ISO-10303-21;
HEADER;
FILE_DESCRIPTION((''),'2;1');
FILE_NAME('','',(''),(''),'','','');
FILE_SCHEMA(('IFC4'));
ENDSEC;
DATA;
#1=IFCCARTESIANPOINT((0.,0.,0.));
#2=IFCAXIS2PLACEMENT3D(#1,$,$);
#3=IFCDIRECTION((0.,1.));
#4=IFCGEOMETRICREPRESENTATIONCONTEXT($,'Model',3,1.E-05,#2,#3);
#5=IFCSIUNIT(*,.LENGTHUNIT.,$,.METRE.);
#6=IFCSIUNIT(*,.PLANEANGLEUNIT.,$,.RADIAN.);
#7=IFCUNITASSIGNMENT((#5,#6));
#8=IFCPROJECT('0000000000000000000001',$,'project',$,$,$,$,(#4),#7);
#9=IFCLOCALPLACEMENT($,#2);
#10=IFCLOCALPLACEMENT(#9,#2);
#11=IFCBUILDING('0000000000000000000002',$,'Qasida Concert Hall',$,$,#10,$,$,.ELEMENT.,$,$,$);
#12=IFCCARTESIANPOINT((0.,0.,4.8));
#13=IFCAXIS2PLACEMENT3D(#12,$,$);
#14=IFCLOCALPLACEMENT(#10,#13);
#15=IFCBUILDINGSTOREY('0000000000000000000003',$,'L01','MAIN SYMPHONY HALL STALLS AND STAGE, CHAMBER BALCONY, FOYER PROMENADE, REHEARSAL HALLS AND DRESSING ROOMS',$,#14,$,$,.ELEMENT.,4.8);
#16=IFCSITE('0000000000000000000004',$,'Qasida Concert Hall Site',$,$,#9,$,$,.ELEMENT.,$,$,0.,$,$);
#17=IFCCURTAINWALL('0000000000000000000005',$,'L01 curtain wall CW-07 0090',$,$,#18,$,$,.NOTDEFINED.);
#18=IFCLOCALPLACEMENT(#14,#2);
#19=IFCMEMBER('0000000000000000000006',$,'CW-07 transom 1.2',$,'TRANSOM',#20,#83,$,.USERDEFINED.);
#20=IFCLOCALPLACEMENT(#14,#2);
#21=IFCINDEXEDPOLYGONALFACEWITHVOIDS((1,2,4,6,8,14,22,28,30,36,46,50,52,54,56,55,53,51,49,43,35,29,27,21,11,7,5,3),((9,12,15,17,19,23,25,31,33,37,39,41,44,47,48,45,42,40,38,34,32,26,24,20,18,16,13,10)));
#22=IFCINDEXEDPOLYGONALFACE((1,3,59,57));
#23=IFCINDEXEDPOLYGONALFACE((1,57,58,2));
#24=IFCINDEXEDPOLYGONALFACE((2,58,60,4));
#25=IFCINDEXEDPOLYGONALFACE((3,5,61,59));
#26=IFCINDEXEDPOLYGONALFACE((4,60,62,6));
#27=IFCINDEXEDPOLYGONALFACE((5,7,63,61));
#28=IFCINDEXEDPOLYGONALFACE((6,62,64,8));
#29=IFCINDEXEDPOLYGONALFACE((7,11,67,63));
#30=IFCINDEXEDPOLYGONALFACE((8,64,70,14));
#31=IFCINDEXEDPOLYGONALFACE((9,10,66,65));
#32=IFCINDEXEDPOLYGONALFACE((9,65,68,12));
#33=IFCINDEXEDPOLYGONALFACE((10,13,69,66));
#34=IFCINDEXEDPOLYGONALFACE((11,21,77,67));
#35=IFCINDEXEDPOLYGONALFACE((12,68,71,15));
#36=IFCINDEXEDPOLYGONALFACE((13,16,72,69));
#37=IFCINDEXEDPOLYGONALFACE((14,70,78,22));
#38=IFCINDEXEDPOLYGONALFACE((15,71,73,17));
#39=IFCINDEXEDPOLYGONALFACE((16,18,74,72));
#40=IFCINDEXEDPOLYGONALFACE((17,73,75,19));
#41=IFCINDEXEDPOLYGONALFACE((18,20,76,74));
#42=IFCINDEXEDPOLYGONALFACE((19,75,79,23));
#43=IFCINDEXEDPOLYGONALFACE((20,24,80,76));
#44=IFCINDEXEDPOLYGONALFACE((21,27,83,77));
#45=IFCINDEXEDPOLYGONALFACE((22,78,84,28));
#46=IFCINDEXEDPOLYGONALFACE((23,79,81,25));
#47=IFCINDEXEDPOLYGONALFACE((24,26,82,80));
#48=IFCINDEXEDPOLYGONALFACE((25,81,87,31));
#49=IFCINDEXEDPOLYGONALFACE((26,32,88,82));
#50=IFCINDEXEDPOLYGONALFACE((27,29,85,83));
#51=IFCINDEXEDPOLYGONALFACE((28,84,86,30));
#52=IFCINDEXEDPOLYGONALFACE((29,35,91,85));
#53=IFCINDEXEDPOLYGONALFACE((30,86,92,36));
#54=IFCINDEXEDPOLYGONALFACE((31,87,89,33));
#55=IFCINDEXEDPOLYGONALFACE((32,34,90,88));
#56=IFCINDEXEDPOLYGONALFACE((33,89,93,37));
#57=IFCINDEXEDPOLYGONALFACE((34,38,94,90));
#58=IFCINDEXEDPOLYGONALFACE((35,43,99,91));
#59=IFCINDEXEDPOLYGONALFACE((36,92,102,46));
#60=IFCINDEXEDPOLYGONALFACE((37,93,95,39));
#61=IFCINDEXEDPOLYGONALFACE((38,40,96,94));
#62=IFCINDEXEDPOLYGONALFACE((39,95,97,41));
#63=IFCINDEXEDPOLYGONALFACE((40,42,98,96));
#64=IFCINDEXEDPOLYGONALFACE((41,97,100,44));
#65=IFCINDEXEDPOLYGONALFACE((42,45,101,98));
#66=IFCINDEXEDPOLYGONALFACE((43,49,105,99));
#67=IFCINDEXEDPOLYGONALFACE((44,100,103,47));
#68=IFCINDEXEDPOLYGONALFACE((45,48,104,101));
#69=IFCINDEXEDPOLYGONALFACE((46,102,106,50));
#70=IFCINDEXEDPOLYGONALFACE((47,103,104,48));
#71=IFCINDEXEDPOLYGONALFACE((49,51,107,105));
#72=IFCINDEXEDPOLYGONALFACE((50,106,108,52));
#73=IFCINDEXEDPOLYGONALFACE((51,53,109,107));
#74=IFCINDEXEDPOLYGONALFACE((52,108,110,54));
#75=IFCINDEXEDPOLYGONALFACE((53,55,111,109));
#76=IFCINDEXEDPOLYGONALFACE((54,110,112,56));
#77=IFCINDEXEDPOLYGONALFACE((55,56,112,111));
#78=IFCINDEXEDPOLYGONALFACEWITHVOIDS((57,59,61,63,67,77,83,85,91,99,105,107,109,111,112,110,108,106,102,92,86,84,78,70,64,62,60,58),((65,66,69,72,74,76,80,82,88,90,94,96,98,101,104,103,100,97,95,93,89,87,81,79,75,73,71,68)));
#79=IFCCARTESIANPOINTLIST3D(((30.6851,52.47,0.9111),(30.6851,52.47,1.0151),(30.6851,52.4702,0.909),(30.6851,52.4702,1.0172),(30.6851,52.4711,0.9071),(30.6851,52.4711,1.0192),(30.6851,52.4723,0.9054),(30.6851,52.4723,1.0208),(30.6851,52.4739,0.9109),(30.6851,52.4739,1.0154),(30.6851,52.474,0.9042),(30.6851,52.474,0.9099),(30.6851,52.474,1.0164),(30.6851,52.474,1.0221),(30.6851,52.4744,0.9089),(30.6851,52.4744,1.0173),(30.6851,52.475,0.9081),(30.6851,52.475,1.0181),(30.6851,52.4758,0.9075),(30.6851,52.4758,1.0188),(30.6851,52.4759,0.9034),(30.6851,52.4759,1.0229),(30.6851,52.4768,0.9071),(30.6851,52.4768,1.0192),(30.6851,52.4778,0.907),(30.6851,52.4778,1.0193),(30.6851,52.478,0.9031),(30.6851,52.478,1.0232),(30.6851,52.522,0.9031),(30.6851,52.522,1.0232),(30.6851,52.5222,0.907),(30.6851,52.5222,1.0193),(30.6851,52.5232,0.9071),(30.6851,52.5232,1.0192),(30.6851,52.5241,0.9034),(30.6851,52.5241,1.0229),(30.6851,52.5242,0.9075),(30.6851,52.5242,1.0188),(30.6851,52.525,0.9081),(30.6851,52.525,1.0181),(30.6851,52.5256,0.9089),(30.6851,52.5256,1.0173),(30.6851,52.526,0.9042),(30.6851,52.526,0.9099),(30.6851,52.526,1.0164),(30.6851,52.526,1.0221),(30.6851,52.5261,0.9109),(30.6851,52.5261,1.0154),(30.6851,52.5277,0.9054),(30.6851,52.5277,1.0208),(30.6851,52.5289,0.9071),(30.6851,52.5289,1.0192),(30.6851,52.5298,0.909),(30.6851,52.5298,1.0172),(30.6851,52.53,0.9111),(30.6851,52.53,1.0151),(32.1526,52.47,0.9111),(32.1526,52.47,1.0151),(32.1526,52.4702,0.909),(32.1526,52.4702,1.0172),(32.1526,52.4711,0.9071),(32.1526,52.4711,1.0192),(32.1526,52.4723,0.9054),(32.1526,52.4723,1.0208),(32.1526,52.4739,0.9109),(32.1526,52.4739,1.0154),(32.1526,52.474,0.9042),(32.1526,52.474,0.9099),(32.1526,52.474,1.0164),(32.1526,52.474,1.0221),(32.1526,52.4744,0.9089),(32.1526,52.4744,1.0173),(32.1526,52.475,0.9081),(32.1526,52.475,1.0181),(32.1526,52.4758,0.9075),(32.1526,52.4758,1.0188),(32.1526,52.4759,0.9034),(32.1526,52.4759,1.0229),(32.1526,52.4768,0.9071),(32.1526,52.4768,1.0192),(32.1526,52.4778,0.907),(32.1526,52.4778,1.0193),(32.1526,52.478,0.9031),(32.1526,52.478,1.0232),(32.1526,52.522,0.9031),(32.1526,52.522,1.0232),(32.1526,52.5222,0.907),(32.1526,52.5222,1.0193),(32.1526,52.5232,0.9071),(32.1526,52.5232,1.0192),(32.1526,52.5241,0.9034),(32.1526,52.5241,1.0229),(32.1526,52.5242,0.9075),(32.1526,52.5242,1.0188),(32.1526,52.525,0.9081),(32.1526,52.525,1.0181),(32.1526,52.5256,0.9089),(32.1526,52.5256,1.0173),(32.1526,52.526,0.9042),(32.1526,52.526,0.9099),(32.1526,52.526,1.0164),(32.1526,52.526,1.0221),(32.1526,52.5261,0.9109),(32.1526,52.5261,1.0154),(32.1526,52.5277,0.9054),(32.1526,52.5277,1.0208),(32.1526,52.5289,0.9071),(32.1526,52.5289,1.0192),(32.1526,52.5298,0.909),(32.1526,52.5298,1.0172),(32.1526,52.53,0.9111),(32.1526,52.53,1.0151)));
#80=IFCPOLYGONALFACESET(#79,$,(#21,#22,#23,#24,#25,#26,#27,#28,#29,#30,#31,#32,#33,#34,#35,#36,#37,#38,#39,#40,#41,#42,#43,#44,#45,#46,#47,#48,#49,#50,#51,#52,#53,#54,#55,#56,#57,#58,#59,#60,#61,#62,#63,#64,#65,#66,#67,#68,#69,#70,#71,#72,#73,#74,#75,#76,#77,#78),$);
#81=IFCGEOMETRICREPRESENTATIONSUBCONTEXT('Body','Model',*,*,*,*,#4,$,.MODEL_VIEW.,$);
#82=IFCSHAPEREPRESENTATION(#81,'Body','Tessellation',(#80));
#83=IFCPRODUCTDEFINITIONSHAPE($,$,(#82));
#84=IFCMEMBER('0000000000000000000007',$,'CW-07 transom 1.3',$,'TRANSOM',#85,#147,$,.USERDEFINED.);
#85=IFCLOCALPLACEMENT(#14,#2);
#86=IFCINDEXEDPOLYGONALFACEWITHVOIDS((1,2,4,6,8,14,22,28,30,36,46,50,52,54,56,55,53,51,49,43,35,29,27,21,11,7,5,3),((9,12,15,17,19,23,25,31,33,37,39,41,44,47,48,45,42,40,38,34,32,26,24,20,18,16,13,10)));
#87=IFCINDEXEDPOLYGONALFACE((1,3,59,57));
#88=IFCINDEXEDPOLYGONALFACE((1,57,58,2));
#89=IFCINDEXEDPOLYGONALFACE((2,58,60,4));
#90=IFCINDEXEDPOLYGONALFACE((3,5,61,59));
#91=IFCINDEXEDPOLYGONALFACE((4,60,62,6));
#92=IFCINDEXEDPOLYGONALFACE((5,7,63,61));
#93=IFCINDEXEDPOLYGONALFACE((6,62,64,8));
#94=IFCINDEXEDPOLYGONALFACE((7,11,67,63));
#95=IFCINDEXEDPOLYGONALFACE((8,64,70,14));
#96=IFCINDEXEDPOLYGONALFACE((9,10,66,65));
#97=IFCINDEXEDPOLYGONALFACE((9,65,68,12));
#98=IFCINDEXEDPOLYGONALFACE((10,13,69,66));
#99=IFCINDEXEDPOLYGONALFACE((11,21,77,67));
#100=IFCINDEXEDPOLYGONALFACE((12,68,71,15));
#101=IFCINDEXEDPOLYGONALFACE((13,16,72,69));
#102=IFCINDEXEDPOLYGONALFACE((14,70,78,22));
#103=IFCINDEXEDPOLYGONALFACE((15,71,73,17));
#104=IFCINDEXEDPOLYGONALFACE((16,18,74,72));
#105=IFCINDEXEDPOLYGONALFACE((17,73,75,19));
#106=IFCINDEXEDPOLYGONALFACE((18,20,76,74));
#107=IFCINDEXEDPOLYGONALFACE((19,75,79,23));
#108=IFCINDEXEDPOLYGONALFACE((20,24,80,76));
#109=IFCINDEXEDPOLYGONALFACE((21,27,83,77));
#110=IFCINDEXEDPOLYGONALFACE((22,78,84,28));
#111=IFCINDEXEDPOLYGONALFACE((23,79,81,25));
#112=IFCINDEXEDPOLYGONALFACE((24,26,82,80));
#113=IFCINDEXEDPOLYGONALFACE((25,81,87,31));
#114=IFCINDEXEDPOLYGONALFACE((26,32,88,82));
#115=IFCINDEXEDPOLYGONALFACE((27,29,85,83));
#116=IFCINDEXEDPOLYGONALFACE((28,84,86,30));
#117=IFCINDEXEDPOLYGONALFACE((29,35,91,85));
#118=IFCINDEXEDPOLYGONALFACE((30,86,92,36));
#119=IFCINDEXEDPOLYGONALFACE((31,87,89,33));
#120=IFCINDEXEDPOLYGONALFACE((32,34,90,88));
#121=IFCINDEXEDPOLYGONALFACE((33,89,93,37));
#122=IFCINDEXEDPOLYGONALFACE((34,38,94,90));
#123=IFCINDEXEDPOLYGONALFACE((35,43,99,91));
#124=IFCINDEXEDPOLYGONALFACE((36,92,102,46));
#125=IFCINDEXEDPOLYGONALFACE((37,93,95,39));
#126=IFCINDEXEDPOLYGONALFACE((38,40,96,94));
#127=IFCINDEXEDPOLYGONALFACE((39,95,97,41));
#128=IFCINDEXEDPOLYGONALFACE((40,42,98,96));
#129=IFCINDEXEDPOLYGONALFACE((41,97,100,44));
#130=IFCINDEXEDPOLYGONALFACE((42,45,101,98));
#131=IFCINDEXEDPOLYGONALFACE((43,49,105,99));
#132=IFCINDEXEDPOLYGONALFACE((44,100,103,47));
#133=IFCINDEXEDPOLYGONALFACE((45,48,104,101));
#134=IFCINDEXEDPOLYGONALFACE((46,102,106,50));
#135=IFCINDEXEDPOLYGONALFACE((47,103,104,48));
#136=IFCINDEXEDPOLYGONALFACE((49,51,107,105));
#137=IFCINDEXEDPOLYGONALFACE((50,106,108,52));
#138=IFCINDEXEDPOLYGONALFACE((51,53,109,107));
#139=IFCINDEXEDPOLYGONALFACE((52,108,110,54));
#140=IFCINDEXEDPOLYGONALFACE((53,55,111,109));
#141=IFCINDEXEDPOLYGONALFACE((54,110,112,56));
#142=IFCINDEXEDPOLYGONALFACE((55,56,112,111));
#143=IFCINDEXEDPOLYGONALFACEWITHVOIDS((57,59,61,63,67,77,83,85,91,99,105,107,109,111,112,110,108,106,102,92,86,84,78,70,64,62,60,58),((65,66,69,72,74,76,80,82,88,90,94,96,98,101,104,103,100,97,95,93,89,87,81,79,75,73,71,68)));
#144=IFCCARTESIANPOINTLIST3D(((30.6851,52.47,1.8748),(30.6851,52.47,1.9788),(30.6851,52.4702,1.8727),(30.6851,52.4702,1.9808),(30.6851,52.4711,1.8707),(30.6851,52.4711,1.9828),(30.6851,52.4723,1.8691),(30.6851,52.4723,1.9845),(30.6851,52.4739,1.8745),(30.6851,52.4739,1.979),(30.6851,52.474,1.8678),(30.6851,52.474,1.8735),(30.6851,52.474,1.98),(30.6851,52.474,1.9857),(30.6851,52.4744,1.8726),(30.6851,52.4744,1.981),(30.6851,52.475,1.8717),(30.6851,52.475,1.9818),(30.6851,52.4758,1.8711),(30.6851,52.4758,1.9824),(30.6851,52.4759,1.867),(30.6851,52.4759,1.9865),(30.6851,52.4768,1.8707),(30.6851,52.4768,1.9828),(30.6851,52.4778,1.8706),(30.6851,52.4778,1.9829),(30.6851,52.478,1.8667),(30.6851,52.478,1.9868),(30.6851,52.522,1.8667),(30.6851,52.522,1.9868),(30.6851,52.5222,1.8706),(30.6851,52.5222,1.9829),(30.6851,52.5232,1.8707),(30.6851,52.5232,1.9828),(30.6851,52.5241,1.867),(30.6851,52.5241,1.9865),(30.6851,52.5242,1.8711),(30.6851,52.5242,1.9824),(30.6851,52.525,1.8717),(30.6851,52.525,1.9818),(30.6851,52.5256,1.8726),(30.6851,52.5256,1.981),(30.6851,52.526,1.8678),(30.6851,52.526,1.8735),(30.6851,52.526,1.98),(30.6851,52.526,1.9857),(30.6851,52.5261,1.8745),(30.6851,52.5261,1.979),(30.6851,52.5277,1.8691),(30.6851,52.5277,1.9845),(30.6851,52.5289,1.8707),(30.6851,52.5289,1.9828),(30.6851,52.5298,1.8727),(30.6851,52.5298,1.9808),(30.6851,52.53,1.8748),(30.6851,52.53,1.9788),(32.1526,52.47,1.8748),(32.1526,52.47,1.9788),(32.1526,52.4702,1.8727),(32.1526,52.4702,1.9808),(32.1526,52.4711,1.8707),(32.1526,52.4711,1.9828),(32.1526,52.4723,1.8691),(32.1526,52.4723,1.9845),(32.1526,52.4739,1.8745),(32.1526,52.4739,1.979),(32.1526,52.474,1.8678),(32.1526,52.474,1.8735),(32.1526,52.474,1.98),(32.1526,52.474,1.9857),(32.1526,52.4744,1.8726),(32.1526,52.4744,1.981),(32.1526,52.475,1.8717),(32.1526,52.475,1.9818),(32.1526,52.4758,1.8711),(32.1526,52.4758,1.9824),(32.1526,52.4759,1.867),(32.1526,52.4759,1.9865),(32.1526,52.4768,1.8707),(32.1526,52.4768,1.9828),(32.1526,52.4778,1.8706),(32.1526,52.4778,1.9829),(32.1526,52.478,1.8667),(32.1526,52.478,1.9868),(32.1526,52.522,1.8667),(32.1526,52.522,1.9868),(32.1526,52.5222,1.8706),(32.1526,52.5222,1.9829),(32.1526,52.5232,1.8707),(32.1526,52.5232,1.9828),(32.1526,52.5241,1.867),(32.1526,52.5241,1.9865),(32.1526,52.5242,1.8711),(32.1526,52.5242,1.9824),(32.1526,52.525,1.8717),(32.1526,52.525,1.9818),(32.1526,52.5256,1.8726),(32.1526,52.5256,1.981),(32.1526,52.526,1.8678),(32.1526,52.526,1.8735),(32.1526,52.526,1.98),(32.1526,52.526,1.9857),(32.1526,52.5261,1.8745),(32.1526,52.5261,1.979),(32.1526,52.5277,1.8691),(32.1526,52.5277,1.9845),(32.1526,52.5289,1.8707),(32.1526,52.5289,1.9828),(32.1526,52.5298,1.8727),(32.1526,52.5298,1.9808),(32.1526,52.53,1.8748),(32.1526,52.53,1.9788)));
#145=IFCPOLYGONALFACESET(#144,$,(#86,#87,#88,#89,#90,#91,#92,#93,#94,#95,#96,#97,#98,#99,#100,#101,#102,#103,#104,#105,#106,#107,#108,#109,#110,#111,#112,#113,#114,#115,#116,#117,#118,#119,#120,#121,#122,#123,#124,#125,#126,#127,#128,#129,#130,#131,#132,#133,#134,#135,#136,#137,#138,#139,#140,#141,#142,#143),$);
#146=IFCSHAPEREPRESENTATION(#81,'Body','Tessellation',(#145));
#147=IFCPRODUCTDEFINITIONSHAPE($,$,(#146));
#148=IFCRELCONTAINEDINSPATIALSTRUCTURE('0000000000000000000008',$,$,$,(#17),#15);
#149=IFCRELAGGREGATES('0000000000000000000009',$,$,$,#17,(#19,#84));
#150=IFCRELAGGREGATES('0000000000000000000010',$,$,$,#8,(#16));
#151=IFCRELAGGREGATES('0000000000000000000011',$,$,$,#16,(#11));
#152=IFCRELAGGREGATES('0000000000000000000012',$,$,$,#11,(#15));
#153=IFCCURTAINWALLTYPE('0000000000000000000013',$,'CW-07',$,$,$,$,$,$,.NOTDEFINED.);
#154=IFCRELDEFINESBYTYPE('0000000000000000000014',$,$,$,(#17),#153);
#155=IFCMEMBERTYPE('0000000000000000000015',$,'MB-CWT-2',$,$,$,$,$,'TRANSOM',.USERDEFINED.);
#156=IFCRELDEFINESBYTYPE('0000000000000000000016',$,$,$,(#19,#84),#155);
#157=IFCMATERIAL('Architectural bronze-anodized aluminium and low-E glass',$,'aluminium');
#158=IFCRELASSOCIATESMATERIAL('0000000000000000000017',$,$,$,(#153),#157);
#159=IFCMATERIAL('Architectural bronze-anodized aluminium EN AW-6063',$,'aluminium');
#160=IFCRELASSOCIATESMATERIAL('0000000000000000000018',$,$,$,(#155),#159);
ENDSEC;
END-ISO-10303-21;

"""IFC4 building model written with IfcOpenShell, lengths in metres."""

from ifc_helpers import new_model, si_unit, direction, frame, origin, origin_2d, place, context, subcontext, project, spatial, hollow_rectangle, extrude, material, material_profile, profile_set, type_object, element, aggregate, save


model = new_model("IFC4")

# Units and contexts
model_context = context("Model", 3, precision=1e-05, world=origin(), true_north=direction((0.0, 1.0)))
body_context = subcontext(model_context, "Body", "Model", "MODEL_VIEW")
ifc_project = project(units=[si_unit("LENGTHUNIT", "METRE"), si_unit("PLANEANGLEUNIT", "RADIAN")], contexts=[model_context])

# Site, building, storey
site_placement = place(None, origin())
site = spatial("IfcSite", under=ifc_project, at=site_placement, Name="Qasida Concert Hall Site", CompositionType="ELEMENT", RefElevation=0.0)
building_placement = place(site_placement, origin())
building = spatial("IfcBuilding", under=site, at=building_placement, Name="Qasida Concert Hall", CompositionType="ELEMENT")
storey_placement = place(building_placement, frame((0.0, 0.0, 4.8)))
storey = spatial("IfcBuildingStorey", under=building, at=storey_placement, Name="L01", Description="MAIN SYMPHONY HALL STALLS AND STAGE, CHAMBER BALCONY, FOYER PROMENADE, REHEARSAL HALLS AND DRESSING ROOMS", CompositionType="ELEMENT", Elevation=4.8)

# Curtain wall
ifc_material_1 = material(Name="Architectural bronze-anodized aluminium and low-E glass", Category="aluminium")
curtain_wall_type = type_object("IfcCurtainWallType", Name="CW-07", PredefinedType="NOTDEFINED", material=ifc_material_1)
curtain_wall_1_placement = place(storey_placement, origin())
curtain_wall_1 = element("IfcCurtainWall", 1, at=curtain_wall_1_placement, inside=storey, type_object=curtain_wall_type, Name="L01 curtain wall CW-07 0090", PredefinedType="NOTDEFINED")
ifc_material_2 = material(Name="Architectural bronze-anodized aluminium EN AW-6063", Category="aluminium")

# Members
ifc_material_profile_1 = material_profile(ifc_material_2, hollow_rectangle(XDim=0.0601, YDim=0.1201, WallThickness=0.0039, InnerFilletRadius=0.0039, OuterFilletRadius=0.0081, at=origin_2d()), Name="CWT 120x60x4")
ifc_profile_set_1 = profile_set([ifc_material_profile_1], Name="Architectural bronze-anodized aluminium EN AW-6063")
member_type_1 = type_object("IfcMemberType", Name="MB-CWT-2", ElementType="TRANSOM", PredefinedType="USERDEFINED", material=ifc_profile_set_1)
member_1_placement = place(storey_placement, frame((30.6851, 52.5, 0.9631), z_axis=(1.0, 0.0, 0.0), x_axis=(0.0, 1.0, 0.0)))
member_1 = element("IfcMember", 2, at=member_1_placement, type_object=member_type_1, Name="CW-07 transom 1.2", ObjectType="TRANSOM", PredefinedType="USERDEFINED", context=body_context, shape_type="SweptSolid", body=[
    extrude(hollow_rectangle(XDim=0.0601, YDim=0.1201, WallThickness=0.0039, InnerFilletRadius=0.0039, OuterFilletRadius=0.0081, at=origin_2d()), origin(), (0.0, 0.0, 1.0), 1.4675),
])
member_2_placement = place(storey_placement, frame((30.6851, 52.5, 1.9268), z_axis=(1.0, 0.0, 0.0), x_axis=(0.0, 1.0, 0.0)))
member_2 = element("IfcMember", 3, at=member_2_placement, type_object=member_type_1, Name="CW-07 transom 1.3", ObjectType="TRANSOM", PredefinedType="USERDEFINED", context=body_context, shape_type="SweptSolid", body=[
    extrude(hollow_rectangle(XDim=0.0601, YDim=0.1201, WallThickness=0.0039, InnerFilletRadius=0.0039, OuterFilletRadius=0.0081, at=origin_2d()), origin(), (0.0, 0.0, 1.0), 1.4675),
])

aggregate(curtain_wall_1, [member_1, member_2])

save(model, "model.ifc")
